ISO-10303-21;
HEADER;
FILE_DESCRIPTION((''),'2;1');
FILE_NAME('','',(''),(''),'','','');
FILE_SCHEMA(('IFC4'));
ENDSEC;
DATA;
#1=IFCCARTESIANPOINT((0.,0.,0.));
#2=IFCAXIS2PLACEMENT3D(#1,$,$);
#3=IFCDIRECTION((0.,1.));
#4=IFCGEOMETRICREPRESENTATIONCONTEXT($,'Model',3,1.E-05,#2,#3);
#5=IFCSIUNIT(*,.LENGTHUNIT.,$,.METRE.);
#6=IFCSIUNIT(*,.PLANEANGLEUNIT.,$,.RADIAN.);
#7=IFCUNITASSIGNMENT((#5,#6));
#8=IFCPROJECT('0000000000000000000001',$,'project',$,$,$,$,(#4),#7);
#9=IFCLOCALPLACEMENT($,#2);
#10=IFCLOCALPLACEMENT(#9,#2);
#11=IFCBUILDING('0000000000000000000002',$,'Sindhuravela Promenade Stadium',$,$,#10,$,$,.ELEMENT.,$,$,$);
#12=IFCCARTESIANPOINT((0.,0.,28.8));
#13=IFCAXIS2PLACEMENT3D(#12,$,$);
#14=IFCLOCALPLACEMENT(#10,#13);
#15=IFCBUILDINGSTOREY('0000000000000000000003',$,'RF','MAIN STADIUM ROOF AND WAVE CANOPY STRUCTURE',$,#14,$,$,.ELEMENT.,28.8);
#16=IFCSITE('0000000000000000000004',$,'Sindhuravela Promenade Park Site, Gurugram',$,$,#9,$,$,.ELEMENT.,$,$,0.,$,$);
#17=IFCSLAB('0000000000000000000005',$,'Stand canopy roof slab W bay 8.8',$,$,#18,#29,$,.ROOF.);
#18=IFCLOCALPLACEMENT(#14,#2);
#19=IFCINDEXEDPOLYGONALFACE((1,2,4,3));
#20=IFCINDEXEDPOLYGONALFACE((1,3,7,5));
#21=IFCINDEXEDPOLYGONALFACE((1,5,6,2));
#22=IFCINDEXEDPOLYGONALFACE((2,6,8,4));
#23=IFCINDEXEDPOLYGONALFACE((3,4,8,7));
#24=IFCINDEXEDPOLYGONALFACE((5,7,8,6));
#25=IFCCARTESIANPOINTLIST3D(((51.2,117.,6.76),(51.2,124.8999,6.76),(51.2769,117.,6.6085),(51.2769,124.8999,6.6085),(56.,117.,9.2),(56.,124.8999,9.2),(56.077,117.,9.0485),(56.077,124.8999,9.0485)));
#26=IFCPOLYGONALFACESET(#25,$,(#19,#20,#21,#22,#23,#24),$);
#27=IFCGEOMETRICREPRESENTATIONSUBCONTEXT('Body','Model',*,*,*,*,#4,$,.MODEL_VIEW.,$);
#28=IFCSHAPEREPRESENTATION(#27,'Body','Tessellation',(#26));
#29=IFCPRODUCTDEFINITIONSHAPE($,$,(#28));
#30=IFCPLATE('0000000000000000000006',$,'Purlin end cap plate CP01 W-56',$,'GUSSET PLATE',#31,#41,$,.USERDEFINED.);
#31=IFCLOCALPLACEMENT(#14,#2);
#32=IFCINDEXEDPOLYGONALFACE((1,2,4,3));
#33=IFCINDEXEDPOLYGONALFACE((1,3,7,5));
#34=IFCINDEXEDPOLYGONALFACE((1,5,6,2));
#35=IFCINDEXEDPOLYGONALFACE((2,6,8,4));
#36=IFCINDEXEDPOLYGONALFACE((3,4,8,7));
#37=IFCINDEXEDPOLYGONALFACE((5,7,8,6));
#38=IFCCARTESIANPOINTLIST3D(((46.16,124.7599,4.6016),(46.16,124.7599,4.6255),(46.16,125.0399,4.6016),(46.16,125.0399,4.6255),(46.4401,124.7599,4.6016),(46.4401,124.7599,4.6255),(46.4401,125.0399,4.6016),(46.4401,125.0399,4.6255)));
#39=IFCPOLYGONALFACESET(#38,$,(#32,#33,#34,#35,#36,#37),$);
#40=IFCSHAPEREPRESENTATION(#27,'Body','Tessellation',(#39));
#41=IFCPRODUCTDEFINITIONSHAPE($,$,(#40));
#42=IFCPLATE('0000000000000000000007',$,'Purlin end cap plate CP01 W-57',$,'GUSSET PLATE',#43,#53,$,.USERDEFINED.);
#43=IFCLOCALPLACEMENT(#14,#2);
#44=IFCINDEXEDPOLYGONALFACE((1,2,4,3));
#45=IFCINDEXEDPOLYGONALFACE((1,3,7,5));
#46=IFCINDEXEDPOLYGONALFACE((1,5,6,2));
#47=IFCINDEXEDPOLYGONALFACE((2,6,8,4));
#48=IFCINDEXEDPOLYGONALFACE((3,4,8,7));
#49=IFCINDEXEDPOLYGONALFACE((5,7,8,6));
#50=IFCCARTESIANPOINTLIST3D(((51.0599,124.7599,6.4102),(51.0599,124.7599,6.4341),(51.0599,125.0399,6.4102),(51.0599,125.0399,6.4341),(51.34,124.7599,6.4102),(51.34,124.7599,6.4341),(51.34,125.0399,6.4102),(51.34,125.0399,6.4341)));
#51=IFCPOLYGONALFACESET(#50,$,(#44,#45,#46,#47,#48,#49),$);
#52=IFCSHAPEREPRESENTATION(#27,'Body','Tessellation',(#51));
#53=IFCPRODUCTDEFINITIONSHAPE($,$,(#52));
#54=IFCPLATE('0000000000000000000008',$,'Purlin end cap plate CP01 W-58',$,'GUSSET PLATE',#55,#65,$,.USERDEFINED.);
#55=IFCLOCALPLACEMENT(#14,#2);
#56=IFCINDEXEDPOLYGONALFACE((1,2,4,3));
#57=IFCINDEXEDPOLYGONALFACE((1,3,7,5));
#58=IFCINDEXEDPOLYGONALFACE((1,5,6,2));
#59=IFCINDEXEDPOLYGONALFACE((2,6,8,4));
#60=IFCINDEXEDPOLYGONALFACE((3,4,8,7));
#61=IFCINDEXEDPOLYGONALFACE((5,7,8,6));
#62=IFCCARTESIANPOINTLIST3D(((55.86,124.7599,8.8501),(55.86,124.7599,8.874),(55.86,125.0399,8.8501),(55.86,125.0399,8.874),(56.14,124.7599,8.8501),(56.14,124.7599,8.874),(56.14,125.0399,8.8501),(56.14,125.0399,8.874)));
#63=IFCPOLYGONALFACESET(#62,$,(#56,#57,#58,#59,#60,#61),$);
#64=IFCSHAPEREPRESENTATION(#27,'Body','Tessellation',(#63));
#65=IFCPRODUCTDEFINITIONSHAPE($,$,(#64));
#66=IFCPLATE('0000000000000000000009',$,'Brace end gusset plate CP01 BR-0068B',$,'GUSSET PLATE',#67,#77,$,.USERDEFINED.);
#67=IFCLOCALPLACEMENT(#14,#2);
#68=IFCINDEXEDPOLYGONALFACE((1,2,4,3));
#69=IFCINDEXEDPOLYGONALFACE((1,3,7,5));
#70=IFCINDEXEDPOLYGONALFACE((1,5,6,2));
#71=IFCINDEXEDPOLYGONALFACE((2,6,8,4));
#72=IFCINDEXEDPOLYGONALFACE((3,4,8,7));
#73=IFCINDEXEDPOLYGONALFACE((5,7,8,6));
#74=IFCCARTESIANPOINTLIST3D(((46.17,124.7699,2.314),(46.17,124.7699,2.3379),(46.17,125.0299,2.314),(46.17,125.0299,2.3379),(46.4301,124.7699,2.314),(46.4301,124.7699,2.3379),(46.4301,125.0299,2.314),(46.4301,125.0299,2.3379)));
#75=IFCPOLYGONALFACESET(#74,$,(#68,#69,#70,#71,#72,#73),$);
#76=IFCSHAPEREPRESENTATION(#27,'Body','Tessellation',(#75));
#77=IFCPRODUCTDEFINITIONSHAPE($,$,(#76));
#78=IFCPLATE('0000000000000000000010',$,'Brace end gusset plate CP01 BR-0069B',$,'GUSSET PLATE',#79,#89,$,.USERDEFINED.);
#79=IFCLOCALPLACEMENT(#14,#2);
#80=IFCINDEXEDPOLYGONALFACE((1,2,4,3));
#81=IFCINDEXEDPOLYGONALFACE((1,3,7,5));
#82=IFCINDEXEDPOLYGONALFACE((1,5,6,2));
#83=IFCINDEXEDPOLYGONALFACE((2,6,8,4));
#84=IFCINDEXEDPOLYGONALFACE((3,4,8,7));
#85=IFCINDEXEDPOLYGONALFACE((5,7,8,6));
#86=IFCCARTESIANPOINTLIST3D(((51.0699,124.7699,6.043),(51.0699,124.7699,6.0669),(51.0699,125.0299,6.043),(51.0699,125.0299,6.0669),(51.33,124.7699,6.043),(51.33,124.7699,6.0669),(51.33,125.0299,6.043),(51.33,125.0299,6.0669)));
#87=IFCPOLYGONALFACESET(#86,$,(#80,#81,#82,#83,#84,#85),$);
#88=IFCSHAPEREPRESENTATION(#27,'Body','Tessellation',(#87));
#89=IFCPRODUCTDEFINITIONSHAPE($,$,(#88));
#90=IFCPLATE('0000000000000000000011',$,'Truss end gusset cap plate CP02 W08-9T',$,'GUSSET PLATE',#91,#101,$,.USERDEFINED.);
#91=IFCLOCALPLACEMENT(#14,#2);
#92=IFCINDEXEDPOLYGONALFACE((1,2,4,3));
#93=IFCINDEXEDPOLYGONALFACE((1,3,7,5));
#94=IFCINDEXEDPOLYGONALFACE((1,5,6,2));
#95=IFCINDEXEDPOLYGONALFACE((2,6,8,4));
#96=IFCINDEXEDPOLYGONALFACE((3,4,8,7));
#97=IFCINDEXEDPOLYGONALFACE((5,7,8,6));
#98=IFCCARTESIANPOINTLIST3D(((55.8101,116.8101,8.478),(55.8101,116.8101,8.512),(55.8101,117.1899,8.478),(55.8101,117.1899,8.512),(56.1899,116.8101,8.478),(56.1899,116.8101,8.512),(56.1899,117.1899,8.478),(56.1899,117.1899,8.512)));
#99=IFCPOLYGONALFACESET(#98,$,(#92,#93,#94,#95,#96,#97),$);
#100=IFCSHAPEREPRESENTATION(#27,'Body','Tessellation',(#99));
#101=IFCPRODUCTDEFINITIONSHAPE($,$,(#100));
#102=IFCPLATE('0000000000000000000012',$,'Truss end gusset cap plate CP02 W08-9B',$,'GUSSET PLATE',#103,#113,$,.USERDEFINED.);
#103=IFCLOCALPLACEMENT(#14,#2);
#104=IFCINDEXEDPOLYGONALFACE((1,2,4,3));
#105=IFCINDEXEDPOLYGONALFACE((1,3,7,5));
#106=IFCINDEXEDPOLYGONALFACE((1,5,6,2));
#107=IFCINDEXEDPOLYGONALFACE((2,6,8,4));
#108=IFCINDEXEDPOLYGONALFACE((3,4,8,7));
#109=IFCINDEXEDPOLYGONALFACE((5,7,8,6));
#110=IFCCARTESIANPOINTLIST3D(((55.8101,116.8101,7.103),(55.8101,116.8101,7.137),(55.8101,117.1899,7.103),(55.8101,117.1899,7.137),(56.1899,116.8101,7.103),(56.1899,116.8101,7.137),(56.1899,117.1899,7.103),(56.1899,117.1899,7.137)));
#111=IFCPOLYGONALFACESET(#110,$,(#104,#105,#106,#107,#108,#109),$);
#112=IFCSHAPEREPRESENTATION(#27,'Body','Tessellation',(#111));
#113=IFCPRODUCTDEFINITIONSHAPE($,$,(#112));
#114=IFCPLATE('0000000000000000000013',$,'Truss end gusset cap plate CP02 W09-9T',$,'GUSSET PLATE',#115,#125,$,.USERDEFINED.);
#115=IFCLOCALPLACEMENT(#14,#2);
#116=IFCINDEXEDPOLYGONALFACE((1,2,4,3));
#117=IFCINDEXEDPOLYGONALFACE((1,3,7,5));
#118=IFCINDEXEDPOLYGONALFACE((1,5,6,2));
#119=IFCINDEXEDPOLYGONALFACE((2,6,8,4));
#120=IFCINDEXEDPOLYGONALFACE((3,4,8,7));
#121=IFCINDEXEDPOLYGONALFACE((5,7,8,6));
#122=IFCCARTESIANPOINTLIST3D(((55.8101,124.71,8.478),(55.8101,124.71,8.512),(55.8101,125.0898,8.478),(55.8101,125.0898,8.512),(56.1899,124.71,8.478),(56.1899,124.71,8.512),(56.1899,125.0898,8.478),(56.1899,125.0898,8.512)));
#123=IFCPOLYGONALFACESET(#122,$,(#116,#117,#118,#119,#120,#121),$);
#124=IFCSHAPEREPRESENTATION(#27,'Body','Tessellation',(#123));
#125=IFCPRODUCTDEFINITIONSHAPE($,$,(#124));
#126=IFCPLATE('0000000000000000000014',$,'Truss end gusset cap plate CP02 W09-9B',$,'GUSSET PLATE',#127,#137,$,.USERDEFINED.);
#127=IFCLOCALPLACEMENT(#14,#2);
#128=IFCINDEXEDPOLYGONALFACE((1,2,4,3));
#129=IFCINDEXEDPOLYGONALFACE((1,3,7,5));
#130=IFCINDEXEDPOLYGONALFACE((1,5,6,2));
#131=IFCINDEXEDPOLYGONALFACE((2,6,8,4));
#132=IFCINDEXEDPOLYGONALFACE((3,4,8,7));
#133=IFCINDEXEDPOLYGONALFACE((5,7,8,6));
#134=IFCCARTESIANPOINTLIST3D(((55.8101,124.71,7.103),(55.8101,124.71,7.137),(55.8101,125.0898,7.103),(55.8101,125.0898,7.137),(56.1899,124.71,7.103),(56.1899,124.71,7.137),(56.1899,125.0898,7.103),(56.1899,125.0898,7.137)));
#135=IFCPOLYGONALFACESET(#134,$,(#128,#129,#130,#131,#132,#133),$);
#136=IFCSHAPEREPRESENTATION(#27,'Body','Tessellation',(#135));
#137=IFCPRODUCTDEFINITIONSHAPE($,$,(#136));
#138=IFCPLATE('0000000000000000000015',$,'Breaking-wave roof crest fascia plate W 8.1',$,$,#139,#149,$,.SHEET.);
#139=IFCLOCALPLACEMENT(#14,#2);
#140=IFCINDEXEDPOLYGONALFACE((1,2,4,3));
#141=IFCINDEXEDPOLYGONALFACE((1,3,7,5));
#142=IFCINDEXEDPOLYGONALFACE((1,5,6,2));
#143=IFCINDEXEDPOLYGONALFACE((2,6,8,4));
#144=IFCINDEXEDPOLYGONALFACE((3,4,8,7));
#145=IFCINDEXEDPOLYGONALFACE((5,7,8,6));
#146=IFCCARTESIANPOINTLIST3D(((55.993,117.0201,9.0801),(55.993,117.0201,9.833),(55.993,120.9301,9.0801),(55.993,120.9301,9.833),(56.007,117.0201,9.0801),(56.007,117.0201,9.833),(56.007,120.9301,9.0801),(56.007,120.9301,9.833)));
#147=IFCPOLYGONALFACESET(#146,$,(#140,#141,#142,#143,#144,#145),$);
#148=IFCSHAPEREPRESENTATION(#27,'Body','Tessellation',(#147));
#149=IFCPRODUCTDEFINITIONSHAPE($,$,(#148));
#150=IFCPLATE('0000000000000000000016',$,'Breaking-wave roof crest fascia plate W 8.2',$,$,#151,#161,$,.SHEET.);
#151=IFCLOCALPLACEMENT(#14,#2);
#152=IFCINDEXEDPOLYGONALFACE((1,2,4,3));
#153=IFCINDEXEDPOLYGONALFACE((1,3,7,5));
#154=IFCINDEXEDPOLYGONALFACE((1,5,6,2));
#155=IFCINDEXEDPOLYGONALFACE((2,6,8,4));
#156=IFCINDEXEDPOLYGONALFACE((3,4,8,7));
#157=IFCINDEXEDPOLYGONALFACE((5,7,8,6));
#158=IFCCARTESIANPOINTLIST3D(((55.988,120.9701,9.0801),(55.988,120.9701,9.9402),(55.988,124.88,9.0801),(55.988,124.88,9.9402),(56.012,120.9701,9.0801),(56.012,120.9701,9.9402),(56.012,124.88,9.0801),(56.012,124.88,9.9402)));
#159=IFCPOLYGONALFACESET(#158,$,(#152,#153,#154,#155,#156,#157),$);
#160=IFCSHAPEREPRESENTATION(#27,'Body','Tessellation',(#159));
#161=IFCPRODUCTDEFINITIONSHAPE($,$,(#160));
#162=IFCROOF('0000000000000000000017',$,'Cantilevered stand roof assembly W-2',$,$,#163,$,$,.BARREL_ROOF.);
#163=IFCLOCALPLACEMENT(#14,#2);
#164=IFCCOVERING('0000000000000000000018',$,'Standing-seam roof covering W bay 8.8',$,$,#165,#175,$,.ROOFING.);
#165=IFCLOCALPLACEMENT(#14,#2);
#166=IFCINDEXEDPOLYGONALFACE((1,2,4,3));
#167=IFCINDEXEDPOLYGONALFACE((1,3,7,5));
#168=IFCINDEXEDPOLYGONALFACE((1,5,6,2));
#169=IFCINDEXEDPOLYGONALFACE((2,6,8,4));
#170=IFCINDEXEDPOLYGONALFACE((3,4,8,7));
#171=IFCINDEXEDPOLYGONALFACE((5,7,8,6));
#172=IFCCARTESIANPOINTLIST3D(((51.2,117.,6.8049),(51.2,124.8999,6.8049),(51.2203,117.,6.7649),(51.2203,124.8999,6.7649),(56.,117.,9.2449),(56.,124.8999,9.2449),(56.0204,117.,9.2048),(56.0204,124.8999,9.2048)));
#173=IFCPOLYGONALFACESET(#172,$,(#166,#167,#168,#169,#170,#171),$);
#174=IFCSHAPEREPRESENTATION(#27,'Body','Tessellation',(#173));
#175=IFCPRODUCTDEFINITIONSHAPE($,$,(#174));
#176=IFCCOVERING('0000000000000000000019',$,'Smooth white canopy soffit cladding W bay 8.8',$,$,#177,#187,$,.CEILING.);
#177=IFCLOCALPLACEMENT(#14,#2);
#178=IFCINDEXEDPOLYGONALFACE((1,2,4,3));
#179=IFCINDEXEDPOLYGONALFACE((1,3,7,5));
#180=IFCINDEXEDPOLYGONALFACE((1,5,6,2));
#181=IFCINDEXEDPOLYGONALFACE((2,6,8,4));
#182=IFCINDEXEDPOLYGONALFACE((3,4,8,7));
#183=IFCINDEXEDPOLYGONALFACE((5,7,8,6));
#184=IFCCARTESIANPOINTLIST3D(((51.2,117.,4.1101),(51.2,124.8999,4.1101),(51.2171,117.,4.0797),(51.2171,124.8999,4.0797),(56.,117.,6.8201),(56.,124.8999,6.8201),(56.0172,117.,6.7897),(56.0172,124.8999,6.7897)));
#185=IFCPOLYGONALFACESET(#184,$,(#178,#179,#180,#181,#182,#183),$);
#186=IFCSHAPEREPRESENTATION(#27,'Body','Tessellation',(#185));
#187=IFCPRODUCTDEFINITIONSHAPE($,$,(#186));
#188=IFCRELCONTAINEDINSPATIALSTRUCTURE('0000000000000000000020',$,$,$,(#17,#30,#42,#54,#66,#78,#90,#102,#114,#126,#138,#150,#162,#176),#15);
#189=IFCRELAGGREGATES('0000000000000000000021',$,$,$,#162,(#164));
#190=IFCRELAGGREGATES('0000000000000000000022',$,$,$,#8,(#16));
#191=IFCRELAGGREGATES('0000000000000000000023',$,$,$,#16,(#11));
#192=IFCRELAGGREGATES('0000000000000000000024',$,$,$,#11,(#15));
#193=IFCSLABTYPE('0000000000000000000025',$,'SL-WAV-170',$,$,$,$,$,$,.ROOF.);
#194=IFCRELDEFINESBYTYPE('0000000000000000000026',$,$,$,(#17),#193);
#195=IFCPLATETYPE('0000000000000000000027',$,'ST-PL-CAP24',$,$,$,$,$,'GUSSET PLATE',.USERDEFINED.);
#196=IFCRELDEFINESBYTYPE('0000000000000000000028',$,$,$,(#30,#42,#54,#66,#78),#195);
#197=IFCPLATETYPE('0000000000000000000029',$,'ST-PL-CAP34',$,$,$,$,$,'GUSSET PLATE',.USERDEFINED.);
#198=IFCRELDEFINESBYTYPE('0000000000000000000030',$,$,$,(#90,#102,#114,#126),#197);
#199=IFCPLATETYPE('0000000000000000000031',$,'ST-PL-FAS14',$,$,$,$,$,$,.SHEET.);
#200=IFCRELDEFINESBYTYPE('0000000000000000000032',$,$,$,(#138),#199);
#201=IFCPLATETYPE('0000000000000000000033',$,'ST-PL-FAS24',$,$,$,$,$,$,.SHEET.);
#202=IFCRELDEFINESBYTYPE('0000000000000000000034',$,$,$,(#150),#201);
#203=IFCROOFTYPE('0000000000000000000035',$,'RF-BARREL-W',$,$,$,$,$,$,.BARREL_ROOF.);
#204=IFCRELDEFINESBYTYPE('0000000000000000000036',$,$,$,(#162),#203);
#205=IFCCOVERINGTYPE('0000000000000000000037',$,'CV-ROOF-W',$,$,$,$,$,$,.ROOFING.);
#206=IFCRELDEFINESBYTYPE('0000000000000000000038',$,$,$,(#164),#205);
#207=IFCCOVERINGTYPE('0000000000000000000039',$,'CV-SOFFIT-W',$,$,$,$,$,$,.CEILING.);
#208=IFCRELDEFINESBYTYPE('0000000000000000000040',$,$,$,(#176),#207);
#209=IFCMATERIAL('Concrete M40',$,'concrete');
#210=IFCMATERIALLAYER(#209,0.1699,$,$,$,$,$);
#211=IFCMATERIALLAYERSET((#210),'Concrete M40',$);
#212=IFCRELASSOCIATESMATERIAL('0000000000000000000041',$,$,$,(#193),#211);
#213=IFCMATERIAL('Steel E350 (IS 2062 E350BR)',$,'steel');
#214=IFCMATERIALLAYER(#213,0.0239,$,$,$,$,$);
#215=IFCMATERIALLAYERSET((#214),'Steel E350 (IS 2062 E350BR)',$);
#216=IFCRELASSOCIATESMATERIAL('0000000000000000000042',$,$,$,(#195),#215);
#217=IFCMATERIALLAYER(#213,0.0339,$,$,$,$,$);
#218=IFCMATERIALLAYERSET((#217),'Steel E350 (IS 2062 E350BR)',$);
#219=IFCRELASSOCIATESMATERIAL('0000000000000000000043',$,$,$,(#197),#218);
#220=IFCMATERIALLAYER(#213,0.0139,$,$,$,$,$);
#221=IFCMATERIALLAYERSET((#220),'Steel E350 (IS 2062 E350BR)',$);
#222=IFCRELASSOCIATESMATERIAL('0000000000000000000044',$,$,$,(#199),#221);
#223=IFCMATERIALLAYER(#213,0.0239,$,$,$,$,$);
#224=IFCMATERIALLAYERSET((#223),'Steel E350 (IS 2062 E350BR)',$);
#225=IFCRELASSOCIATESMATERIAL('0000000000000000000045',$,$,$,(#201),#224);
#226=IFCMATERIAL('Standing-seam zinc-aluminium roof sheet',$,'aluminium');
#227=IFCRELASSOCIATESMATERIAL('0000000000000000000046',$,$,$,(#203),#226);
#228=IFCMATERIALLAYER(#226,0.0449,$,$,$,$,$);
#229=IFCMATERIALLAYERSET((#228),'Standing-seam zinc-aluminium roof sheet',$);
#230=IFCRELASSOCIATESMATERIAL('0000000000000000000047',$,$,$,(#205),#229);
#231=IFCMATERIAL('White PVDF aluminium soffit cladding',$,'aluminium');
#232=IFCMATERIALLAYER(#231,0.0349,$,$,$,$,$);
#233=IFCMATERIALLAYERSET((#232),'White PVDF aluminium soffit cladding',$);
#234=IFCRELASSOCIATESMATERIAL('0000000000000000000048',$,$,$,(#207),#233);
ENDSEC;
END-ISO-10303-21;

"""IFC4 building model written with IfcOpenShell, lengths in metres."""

from ifc_helpers import new_model, si_unit, direction, frame, origin, origin_2d, place, context, subcontext, project, spatial, polyline, rectangle, outline, extrude, material, layer, layer_set, type_object, element, aggregate, save


model = new_model("IFC4")

# Units and contexts
model_context = context("Model", 3, precision=1e-05, world=origin(), true_north=direction((0.0, 1.0)))
body_context = subcontext(model_context, "Body", "Model", "MODEL_VIEW")
ifc_project = project(units=[si_unit("LENGTHUNIT", "METRE"), si_unit("PLANEANGLEUNIT", "RADIAN")], contexts=[model_context])

# Site, building, storey
site_placement = place(None, origin())
site = spatial("IfcSite", under=ifc_project, at=site_placement, Name="Sindhuravela Promenade Park Site, Gurugram", CompositionType="ELEMENT", RefElevation=0.0)
building_placement = place(site_placement, origin())
building = spatial("IfcBuilding", under=site, at=building_placement, Name="Sindhuravela Promenade Stadium", CompositionType="ELEMENT")
storey_placement = place(building_placement, frame((0.0, 0.0, 28.8)))
storey = spatial("IfcBuildingStorey", under=building, at=storey_placement, Name="RF", Description="MAIN STADIUM ROOF AND WAVE CANOPY STRUCTURE", CompositionType="ELEMENT", Elevation=28.8)

# Shared definitions
ifc_material_1 = material(Name="Steel E350 (IS 2062 E350BR)", Category="steel")

# Slab
ifc_material_2 = material(Name="Concrete M40", Category="concrete")
ifc_layer_1 = layer(ifc_material_2, 0.1699)
ifc_layer_set_1 = layer_set([ifc_layer_1], Name="Concrete M40")
slab_type = type_object("IfcSlabType", Name="SL-WAV-170", PredefinedType="ROOF", material=ifc_layer_set_1)
slab_placement = place(storey_placement, frame((51.2, 117.0, 6.76), z_axis=(-0.453134, 0.0, 0.891442), x_axis=(0.0, 1.0, 0.0)))
element("IfcSlab", 1, at=slab_placement, inside=storey, type_object=slab_type, Name="Stand canopy roof slab W bay 8.8", PredefinedType="ROOF", context=body_context, shape_type="SweptSolid", body=[
    extrude(outline(polyline([(0.0, 0.0), (0.0, -5.3846), (7.8999, -5.3846), (7.8999, 0.0), (0.0, 0.0)])), origin(), (0.0, 0.0, -1.0), 0.1699),
])

# Plates
ifc_layer_2 = layer(ifc_material_1, 0.0239)
ifc_layer_set_2 = layer_set([ifc_layer_2], Name="Steel E350 (IS 2062 E350BR)")
plate_type_1 = type_object("IfcPlateType", Name="ST-PL-CAP24", ElementType="GUSSET PLATE", PredefinedType="USERDEFINED", material=ifc_layer_set_2)
for number, where, z_axis, x_axis, name in (
    (2, (46.3, 124.8999, 4.6016), (0.0, 0.0, 1.0), (1.0, 0.0, 0.0), "Purlin end cap plate CP01 W-56"),
    (3, (51.2, 124.8999, 6.4102), (0.0, 0.0, 1.0), (1.0, 0.0, 0.0), "Purlin end cap plate CP01 W-57"),
    (4, (56.0, 124.8999, 8.8501), (0.0, 0.0, 1.0), (1.0, 0.0, 0.0), "Purlin end cap plate CP01 W-58"),
):
    element("IfcPlate", number, at=place(storey_placement, frame(where, z_axis=z_axis, x_axis=x_axis)), inside=storey, type_object=plate_type_1, Name=name, ObjectType="GUSSET PLATE", PredefinedType="USERDEFINED", context=body_context, shape_type="SweptSolid", body=[
        extrude(rectangle(XDim=0.28, YDim=0.28, at=origin_2d()), origin(), (0.0, 0.0, 1.0), 0.0239),
    ])
for number, where, z_axis, x_axis, name in (
    (5, (46.3, 124.8999, 2.314), (0.0, 0.0, 1.0), (1.0, 0.0, 0.0), "Brace end gusset plate CP01 BR-0068B"),
    (6, (51.2, 124.8999, 6.043), (0.0, 0.0, 1.0), (1.0, 0.0, 0.0), "Brace end gusset plate CP01 BR-0069B"),
):
    element("IfcPlate", number, at=place(storey_placement, frame(where, z_axis=z_axis, x_axis=x_axis)), inside=storey, type_object=plate_type_1, Name=name, ObjectType="GUSSET PLATE", PredefinedType="USERDEFINED", context=body_context, shape_type="SweptSolid", body=[
        extrude(rectangle(XDim=0.26, YDim=0.26, at=origin_2d()), origin(), (0.0, 0.0, 1.0), 0.0239),
    ])
ifc_layer_3 = layer(ifc_material_1, 0.0339)
ifc_layer_set_3 = layer_set([ifc_layer_3], Name="Steel E350 (IS 2062 E350BR)")
plate_type_2 = type_object("IfcPlateType", Name="ST-PL-CAP34", ElementType="GUSSET PLATE", PredefinedType="USERDEFINED", material=ifc_layer_set_3)
for number, where, z_axis, x_axis, name in (
    (7, (56.0, 117.0, 8.478), (0.0, 0.0, 1.0), (1.0, 0.0, 0.0), "Truss end gusset cap plate CP02 W08-9T"),
    (8, (56.0, 117.0, 7.103), (0.0, 0.0, 1.0), (1.0, 0.0, 0.0), "Truss end gusset cap plate CP02 W08-9B"),
    (9, (56.0, 124.8999, 8.478), (0.0, 0.0, 1.0), (1.0, 0.0, 0.0), "Truss end gusset cap plate CP02 W09-9T"),
    (10, (56.0, 124.8999, 7.103), (0.0, 0.0, 1.0), (1.0, 0.0, 0.0), "Truss end gusset cap plate CP02 W09-9B"),
):
    element("IfcPlate", number, at=place(storey_placement, frame(where, z_axis=z_axis, x_axis=x_axis)), inside=storey, type_object=plate_type_2, Name=name, ObjectType="GUSSET PLATE", PredefinedType="USERDEFINED", context=body_context, shape_type="SweptSolid", body=[
        extrude(rectangle(XDim=0.3799, YDim=0.3799, at=origin_2d()), origin(), (0.0, 0.0, 1.0), 0.0339),
    ])
ifc_layer_4 = layer(ifc_material_1, 0.0139)
ifc_layer_set_4 = layer_set([ifc_layer_4], Name="Steel E350 (IS 2062 E350BR)")
plate_type_3 = type_object("IfcPlateType", Name="ST-PL-FAS14", PredefinedType="SHEET", material=ifc_layer_set_4)
plate_1_placement = place(storey_placement, frame((56.0, 118.9751, 9.0801), z_axis=(0.0, 0.0, 1.0), x_axis=(0.0, 1.0, 0.0)))
element("IfcPlate", 11, at=plate_1_placement, inside=storey, type_object=plate_type_3, Name="Breaking-wave roof crest fascia plate W 8.1", PredefinedType="SHEET", context=body_context, shape_type="SweptSolid", body=[
    extrude(rectangle(XDim=3.9099, YDim=0.0139, at=origin_2d()), origin(), (0.0, 0.0, 1.0), 0.7529),
])
ifc_layer_5 = layer(ifc_material_1, 0.0239)
ifc_layer_set_5 = layer_set([ifc_layer_5], Name="Steel E350 (IS 2062 E350BR)")
plate_type_4 = type_object("IfcPlateType", Name="ST-PL-FAS24", PredefinedType="SHEET", material=ifc_layer_set_5)
plate_2_placement = place(storey_placement, frame((56.0, 122.925, 9.0801), z_axis=(0.0, 0.0, 1.0), x_axis=(0.0, 1.0, 0.0)))
element("IfcPlate", 12, at=plate_2_placement, inside=storey, type_object=plate_type_4, Name="Breaking-wave roof crest fascia plate W 8.2", PredefinedType="SHEET", context=body_context, shape_type="SweptSolid", body=[
    extrude(rectangle(XDim=3.9099, YDim=0.0239, at=origin_2d()), origin(), (0.0, 0.0, 1.0), 0.8601),
])

# Roof, covering
ifc_material_3 = material(Name="Standing-seam zinc-aluminium roof sheet", Category="aluminium")
roof_type = type_object("IfcRoofType", Name="RF-BARREL-W", PredefinedType="BARREL_ROOF", material=ifc_material_3)
roof_placement = place(storey_placement, origin())
roof = element("IfcRoof", 13, at=roof_placement, inside=storey, type_object=roof_type, Name="Cantilevered stand roof assembly W-2", PredefinedType="BARREL_ROOF")
ifc_layer_6 = layer(ifc_material_3, 0.0449)
ifc_layer_set_6 = layer_set([ifc_layer_6], Name="Standing-seam zinc-aluminium roof sheet")
covering_type_1 = type_object("IfcCoveringType", Name="CV-ROOF-W", PredefinedType="ROOFING", material=ifc_layer_set_6)
covering_1_placement = place(storey_placement, frame((51.2, 117.0, 6.8049), z_axis=(-0.453134, 0.0, 0.891442), x_axis=(0.0, 1.0, 0.0)))
covering_1 = element("IfcCovering", 14, at=covering_1_placement, type_object=covering_type_1, Name="Standing-seam roof covering W bay 8.8", PredefinedType="ROOFING", context=body_context, shape_type="SweptSolid", body=[
    extrude(outline(polyline([(0.0, 0.0), (0.0, -5.3846), (7.8999, -5.3846), (7.8999, 0.0), (0.0, 0.0)])), origin(), (0.0, 0.0, -1.0), 0.0449),
])
aggregate(roof, [covering_1])

# Covering
ifc_material_4 = material(Name="White PVDF aluminium soffit cladding", Category="aluminium")
ifc_layer_7 = layer(ifc_material_4, 0.0349)
ifc_layer_set_7 = layer_set([ifc_layer_7], Name="White PVDF aluminium soffit cladding")
covering_type_2 = type_object("IfcCoveringType", Name="CV-SOFFIT-W", PredefinedType="CEILING", material=ifc_layer_set_7)
covering_2_placement = place(storey_placement, frame((51.2, 117.0, 4.1101), z_axis=(-0.49163, 0.0, 0.870804), x_axis=(0.0, 1.0, 0.0)))
element("IfcCovering", 15, at=covering_2_placement, inside=storey, type_object=covering_type_2, Name="Smooth white canopy soffit cladding W bay 8.8", PredefinedType="CEILING", context=body_context, shape_type="SweptSolid", body=[
    extrude(outline(polyline([(0.0, 0.0), (0.0, -5.5122), (7.8999, -5.5122), (7.8999, 0.0), (0.0, 0.0)])), origin(), (0.0, 0.0, -1.0), 0.0349),
])

save(model, "model.ifc")
